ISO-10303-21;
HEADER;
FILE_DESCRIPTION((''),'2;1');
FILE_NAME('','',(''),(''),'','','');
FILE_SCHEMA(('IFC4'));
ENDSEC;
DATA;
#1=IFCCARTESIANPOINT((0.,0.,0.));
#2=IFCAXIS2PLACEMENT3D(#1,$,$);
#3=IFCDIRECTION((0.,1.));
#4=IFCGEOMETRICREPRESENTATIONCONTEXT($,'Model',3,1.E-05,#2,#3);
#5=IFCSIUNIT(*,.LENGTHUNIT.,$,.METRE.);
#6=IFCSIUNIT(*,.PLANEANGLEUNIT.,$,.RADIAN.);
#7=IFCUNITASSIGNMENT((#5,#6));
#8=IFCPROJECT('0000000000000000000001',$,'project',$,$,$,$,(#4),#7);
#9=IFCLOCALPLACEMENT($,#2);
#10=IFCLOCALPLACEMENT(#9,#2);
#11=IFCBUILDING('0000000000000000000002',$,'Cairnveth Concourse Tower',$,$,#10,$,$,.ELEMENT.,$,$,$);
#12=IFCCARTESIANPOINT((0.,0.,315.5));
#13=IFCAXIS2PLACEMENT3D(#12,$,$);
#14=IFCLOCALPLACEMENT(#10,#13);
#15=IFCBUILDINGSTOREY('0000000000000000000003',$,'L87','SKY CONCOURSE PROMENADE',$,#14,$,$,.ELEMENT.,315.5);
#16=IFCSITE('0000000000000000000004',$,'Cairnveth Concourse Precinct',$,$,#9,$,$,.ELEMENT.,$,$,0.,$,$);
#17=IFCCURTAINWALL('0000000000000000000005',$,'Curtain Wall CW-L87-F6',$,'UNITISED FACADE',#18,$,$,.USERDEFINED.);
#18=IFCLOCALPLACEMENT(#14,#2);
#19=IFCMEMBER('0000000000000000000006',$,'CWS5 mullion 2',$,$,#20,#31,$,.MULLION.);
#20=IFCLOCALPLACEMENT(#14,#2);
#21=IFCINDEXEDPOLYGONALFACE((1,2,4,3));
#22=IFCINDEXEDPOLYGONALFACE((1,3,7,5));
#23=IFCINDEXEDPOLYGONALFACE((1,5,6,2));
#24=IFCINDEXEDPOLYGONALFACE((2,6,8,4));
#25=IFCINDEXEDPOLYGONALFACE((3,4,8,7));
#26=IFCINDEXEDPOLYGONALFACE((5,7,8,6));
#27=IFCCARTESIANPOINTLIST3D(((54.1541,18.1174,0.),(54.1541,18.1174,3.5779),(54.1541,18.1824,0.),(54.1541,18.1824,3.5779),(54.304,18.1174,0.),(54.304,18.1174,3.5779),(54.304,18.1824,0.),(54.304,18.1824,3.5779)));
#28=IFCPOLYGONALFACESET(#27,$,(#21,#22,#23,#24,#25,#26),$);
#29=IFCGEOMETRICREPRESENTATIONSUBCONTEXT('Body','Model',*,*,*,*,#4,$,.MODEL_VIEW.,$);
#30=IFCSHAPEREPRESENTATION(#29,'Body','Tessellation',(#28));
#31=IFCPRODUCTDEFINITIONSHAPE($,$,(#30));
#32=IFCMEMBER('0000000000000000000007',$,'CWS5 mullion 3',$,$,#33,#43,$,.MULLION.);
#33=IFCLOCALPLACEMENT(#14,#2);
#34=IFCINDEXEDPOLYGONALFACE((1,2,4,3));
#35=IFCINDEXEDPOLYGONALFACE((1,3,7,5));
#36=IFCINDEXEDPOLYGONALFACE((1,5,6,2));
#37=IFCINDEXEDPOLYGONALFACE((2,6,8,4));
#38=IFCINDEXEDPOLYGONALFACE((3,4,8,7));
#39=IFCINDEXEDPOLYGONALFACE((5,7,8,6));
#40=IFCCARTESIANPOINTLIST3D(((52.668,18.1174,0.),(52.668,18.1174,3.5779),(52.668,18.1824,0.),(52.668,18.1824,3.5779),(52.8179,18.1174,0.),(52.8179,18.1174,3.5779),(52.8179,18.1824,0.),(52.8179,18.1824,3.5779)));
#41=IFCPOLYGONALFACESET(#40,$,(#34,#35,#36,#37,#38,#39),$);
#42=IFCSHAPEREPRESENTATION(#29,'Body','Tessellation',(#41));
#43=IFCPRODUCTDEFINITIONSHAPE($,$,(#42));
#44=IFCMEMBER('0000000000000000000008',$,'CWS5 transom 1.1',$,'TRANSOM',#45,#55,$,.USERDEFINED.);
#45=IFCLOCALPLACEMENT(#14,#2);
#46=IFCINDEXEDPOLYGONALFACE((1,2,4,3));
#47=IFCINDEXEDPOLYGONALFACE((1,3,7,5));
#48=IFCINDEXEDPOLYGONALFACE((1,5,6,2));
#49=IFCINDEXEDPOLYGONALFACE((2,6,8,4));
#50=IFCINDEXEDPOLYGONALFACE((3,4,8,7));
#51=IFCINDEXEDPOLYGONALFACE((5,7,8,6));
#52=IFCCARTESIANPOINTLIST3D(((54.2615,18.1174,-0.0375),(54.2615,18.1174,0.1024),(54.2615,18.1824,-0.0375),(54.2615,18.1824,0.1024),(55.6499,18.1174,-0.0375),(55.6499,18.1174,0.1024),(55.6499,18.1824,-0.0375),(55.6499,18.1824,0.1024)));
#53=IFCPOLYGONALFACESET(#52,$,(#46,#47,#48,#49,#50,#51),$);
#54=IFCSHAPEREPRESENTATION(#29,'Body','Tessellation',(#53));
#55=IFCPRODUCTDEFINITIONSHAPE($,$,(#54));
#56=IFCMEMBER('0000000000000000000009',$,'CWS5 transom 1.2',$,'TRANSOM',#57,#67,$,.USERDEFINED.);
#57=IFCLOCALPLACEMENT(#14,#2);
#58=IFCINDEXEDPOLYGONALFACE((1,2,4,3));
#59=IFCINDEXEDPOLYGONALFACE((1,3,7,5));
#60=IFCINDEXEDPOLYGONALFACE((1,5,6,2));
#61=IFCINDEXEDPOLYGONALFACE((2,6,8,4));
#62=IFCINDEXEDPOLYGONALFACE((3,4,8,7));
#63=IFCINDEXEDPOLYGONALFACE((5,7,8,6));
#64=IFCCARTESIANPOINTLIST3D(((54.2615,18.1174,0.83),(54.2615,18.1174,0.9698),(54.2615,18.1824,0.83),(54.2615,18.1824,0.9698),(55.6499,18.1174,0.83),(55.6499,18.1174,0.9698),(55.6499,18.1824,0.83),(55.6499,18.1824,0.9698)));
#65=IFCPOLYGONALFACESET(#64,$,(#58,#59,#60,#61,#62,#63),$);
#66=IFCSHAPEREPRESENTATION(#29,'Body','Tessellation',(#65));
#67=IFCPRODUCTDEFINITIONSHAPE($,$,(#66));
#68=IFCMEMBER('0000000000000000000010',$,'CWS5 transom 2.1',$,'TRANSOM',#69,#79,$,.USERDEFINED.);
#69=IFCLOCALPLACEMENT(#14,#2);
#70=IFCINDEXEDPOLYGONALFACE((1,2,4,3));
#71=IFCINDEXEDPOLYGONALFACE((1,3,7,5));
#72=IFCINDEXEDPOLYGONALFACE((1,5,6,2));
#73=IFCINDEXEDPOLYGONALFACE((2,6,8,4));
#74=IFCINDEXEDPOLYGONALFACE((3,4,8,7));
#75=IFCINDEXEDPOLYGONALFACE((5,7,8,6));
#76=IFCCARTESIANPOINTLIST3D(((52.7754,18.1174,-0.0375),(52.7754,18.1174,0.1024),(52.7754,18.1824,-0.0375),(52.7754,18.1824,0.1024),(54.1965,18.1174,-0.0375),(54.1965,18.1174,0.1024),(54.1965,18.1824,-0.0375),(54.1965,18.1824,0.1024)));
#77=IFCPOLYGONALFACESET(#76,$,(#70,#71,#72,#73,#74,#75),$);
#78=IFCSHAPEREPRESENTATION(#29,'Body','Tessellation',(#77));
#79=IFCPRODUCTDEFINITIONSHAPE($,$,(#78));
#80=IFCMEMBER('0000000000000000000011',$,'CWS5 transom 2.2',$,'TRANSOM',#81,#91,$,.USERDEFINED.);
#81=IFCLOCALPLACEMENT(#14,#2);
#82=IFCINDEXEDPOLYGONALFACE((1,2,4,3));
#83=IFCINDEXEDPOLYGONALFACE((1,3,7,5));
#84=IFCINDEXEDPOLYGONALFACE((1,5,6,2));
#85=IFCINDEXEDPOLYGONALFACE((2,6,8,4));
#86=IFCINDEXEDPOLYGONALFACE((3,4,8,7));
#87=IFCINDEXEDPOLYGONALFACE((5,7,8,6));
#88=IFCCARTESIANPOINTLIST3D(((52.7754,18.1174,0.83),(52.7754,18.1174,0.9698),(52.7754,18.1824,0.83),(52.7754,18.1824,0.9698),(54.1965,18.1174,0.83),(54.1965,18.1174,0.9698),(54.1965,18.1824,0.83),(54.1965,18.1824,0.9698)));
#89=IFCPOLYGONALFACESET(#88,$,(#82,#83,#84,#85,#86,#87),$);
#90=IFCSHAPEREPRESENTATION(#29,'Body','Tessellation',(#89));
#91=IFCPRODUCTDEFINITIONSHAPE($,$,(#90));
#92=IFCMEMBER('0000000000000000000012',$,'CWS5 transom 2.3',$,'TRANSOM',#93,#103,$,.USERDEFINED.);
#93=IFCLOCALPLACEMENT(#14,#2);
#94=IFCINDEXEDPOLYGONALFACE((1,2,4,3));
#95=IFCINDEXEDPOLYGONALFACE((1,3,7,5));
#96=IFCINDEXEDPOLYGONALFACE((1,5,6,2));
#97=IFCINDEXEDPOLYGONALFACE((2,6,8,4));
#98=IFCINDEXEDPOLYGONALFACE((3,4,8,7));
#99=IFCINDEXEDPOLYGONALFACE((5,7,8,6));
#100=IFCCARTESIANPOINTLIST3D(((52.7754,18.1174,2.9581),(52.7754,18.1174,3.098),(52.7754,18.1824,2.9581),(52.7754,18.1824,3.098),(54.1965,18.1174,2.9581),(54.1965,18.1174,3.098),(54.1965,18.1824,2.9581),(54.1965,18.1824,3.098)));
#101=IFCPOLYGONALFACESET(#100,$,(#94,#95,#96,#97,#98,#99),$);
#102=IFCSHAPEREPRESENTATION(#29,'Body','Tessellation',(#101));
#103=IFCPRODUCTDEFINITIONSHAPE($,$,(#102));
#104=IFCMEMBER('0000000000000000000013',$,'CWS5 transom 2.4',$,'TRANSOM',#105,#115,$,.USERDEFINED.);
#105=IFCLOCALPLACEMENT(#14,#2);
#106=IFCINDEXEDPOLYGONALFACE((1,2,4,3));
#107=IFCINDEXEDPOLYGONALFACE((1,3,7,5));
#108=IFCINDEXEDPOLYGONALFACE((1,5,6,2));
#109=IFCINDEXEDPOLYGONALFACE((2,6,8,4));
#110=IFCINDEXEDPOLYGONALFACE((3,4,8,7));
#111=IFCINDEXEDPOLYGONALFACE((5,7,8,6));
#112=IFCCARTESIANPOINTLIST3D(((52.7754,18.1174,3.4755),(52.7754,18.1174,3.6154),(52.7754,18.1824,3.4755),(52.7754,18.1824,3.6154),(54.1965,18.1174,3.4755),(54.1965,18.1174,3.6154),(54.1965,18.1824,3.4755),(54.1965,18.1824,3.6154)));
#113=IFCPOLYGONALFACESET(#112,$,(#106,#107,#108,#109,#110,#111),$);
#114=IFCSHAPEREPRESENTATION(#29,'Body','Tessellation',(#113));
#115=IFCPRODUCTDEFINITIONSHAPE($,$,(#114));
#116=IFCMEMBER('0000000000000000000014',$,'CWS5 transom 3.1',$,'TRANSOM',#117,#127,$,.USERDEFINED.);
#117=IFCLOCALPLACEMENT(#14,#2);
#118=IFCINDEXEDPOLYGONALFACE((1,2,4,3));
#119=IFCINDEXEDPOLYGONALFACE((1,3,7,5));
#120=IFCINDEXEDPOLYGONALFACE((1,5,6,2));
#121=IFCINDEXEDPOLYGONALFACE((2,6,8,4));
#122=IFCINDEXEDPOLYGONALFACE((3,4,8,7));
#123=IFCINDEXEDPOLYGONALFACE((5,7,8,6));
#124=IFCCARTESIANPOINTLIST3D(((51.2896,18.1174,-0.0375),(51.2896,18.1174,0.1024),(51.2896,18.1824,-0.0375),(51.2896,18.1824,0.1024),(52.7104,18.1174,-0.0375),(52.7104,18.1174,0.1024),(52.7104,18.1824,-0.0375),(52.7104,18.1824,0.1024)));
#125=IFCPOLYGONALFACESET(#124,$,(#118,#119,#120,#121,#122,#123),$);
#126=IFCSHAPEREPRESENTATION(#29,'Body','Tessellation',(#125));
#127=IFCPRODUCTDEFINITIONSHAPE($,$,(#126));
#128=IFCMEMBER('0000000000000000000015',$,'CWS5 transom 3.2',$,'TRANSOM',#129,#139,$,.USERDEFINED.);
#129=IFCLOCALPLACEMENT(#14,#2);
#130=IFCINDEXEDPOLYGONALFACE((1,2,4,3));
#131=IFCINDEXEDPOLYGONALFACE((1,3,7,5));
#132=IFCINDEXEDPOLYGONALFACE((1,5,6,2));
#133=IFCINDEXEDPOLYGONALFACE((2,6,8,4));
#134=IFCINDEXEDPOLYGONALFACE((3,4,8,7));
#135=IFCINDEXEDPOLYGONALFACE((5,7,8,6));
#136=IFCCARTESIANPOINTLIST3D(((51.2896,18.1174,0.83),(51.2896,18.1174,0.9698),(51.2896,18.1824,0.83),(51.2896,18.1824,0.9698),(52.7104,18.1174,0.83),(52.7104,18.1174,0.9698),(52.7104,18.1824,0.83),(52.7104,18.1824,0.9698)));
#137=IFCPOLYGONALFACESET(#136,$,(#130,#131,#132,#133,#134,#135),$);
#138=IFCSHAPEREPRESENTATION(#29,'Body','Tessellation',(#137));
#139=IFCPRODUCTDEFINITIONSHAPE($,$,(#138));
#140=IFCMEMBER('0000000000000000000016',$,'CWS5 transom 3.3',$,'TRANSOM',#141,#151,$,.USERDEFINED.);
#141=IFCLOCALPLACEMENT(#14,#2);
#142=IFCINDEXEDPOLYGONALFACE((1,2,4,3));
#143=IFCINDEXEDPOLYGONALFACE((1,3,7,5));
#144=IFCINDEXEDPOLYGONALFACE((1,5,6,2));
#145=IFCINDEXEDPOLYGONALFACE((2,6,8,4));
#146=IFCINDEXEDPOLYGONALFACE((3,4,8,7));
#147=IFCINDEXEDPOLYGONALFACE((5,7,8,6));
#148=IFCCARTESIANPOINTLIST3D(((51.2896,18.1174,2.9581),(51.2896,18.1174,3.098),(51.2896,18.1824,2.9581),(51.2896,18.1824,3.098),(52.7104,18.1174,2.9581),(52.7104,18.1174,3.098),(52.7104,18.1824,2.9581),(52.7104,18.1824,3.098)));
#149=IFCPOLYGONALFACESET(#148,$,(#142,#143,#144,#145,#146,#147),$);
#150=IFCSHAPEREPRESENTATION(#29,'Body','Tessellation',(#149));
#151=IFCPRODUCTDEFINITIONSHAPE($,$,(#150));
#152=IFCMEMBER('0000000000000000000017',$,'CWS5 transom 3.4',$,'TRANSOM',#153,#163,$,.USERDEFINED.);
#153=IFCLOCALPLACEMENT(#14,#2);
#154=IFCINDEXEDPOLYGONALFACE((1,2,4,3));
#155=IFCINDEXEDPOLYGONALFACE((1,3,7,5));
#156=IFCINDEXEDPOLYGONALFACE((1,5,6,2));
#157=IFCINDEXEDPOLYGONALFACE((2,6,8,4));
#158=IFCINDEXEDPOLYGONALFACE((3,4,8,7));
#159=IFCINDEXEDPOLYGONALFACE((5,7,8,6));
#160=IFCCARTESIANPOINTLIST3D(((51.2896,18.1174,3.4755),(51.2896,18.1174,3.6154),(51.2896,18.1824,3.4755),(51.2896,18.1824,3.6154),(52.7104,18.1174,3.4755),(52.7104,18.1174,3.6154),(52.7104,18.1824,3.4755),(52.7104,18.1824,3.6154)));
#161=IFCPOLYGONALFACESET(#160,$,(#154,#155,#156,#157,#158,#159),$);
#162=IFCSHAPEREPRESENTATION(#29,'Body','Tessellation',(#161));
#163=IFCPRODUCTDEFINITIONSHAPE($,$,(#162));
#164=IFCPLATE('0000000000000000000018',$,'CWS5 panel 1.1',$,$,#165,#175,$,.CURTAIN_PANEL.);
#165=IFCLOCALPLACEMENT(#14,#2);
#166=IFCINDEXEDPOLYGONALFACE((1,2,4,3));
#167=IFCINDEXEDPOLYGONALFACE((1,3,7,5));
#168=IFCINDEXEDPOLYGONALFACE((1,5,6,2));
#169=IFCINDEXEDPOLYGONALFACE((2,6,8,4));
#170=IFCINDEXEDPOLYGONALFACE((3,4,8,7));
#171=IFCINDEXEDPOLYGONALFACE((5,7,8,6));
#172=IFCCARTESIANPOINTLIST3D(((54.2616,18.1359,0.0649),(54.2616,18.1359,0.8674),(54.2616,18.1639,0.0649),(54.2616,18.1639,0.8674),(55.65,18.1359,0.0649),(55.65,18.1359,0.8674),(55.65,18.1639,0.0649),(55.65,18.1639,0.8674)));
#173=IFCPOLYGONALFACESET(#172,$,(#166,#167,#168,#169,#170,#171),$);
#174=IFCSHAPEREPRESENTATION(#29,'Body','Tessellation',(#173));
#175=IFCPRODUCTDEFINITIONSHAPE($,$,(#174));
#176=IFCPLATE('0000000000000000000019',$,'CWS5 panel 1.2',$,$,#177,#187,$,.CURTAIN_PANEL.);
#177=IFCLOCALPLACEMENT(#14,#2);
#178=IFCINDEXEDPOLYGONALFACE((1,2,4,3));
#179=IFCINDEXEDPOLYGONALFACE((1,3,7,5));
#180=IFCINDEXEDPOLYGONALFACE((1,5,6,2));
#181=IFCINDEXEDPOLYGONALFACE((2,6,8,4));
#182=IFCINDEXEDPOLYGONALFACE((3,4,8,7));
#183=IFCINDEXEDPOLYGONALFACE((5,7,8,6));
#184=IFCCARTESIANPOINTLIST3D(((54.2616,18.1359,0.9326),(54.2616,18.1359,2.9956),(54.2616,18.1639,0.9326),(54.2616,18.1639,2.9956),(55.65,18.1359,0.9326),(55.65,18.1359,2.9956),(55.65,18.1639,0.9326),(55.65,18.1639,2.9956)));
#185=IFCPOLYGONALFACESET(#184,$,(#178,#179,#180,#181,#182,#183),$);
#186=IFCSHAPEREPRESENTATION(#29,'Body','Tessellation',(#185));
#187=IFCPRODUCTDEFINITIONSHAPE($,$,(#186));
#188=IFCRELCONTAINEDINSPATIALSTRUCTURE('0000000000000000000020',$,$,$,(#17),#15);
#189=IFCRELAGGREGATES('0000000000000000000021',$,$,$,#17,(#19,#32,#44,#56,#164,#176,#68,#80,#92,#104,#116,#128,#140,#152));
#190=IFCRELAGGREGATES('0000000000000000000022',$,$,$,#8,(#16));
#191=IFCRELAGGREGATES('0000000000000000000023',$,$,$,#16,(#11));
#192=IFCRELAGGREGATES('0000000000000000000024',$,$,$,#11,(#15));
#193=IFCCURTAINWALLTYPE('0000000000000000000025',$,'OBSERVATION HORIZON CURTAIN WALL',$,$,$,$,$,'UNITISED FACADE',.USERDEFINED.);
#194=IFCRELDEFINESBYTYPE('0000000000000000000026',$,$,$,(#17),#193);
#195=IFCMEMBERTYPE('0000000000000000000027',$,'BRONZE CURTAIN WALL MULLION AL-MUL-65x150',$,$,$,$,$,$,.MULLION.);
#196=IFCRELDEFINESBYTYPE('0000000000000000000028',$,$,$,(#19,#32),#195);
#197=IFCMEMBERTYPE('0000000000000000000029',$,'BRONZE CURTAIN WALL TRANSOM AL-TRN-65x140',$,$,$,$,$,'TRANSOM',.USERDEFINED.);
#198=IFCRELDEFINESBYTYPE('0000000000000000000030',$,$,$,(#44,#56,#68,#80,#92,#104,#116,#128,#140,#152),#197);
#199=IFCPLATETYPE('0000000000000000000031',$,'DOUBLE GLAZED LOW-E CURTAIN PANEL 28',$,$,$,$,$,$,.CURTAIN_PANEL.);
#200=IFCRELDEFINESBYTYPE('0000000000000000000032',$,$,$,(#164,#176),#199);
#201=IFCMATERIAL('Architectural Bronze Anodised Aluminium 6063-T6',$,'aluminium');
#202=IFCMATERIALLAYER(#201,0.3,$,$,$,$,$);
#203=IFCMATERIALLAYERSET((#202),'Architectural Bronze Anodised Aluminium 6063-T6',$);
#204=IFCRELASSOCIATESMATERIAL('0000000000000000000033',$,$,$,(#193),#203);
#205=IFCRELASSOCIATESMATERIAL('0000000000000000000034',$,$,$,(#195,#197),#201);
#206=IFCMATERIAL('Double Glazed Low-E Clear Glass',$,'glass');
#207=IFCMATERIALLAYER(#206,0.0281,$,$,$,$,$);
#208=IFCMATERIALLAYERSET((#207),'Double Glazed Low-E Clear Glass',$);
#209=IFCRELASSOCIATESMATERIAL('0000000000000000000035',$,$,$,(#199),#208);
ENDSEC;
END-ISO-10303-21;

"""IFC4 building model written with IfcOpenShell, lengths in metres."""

from ifc_helpers import new_model, si_unit, direction, frame, origin, origin_2d, place, context, subcontext, project, spatial, rectangle, extrude, material, layer, layer_set, material_profile, profile_set, type_object, element, aggregate, save


model = new_model("IFC4")

# Units and contexts
model_context = context("Model", 3, precision=1e-05, world=origin(), true_north=direction((0.0, 1.0)))
body_context = subcontext(model_context, "Body", "Model", "MODEL_VIEW")
ifc_project = project(units=[si_unit("LENGTHUNIT", "METRE"), si_unit("PLANEANGLEUNIT", "RADIAN")], contexts=[model_context])

# Site, building, storey
site_placement = place(None, origin())
site = spatial("IfcSite", under=ifc_project, at=site_placement, Name="Cairnveth Concourse Precinct", CompositionType="ELEMENT", RefElevation=0.0)
building_placement = place(site_placement, origin())
building = spatial("IfcBuilding", under=site, at=building_placement, Name="Cairnveth Concourse Tower", CompositionType="ELEMENT")
storey_placement = place(building_placement, frame((0.0, 0.0, 315.5)))
storey = spatial("IfcBuildingStorey", under=building, at=storey_placement, Name="L87", Description="SKY CONCOURSE PROMENADE", CompositionType="ELEMENT", Elevation=315.5)

# Curtain wall, members, plates
ifc_material_1 = material(Name="Architectural Bronze Anodised Aluminium 6063-T6", Category="aluminium")
ifc_layer_1 = layer(ifc_material_1, 0.3)
ifc_layer_set_1 = layer_set([ifc_layer_1], Name="Architectural Bronze Anodised Aluminium 6063-T6")
curtain_wall_type = type_object("IfcCurtainWallType", Name="OBSERVATION HORIZON CURTAIN WALL", ElementType="UNITISED FACADE", PredefinedType="USERDEFINED", material=ifc_layer_set_1)
curtain_wall_placement = place(storey_placement, origin())
curtain_wall = element("IfcCurtainWall", 1, at=curtain_wall_placement, inside=storey, type_object=curtain_wall_type, Name="Curtain Wall CW-L87-F6", ObjectType="UNITISED FACADE", PredefinedType="USERDEFINED")
ifc_material_profile_1 = material_profile(ifc_material_1, rectangle(XDim=0.0649, YDim=0.1499, at=origin_2d()), Name="AL-MUL-65x150")
ifc_profile_set_1 = profile_set([ifc_material_profile_1], Name="Architectural Bronze Anodised Aluminium 6063-T6")
member_type_1 = type_object("IfcMemberType", Name="BRONZE CURTAIN WALL MULLION AL-MUL-65x150", PredefinedType="MULLION", material=ifc_profile_set_1)
member_1_placement = place(storey_placement, frame((54.229, 18.1499, 0.0), z_axis=(0.0, 0.0, 1.0), x_axis=(0.0, -1.0, 0.0)))
member_1 = element("IfcMember", 2, at=member_1_placement, type_object=member_type_1, Name="CWS5 mullion 2", PredefinedType="MULLION", context=body_context, shape_type="SweptSolid", body=[
    extrude(rectangle(XDim=0.0649, YDim=0.1499, at=origin_2d()), origin(), (0.0, 0.0, 1.0), 3.5779),
])
member_2_placement = place(storey_placement, frame((52.7429, 18.1499, 0.0), z_axis=(0.0, 0.0, 1.0), x_axis=(0.0, -1.0, 0.0)))
member_2 = element("IfcMember", 3, at=member_2_placement, type_object=member_type_1, Name="CWS5 mullion 3", PredefinedType="MULLION", context=body_context, shape_type="SweptSolid", body=[
    extrude(rectangle(XDim=0.0649, YDim=0.1499, at=origin_2d()), origin(), (0.0, 0.0, 1.0), 3.5779),
])
ifc_material_profile_2 = material_profile(ifc_material_1, rectangle(XDim=0.0649, YDim=0.1399, at=origin_2d()), Name="AL-TRN-65x140")
ifc_profile_set_2 = profile_set([ifc_material_profile_2], Name="Architectural Bronze Anodised Aluminium 6063-T6")
member_type_2 = type_object("IfcMemberType", Name="BRONZE CURTAIN WALL TRANSOM AL-TRN-65x140", ElementType="TRANSOM", PredefinedType="USERDEFINED", material=ifc_profile_set_2)
member_3_placement = place(storey_placement, frame((55.6499, 18.1499, 0.0325), z_axis=(-1.0, 0.0, 0.0), x_axis=(0.0, -1.0, 0.0)))
member_3 = element("IfcMember", 4, at=member_3_placement, type_object=member_type_2, Name="CWS5 transom 1.1", ObjectType="TRANSOM", PredefinedType="USERDEFINED", context=body_context, shape_type="SweptSolid", body=[
    extrude(rectangle(XDim=0.0649, YDim=0.1399, at=origin_2d()), origin(), (0.0, 0.0, 1.0), 1.3884),
])
member_4_placement = place(storey_placement, frame((55.6499, 18.1499, 0.8999), z_axis=(-1.0, 0.0, 0.0), x_axis=(0.0, -1.0, 0.0)))
member_4 = element("IfcMember", 5, at=member_4_placement, type_object=member_type_2, Name="CWS5 transom 1.2", ObjectType="TRANSOM", PredefinedType="USERDEFINED", context=body_context, shape_type="SweptSolid", body=[
    extrude(rectangle(XDim=0.0649, YDim=0.1399, at=origin_2d()), origin(), (0.0, 0.0, 1.0), 1.3884),
])
member_5_placement = place(storey_placement, frame((54.1965, 18.1499, 0.0325), z_axis=(-1.0, 0.0, 0.0), x_axis=(0.0, -1.0, 0.0)))
member_5 = element("IfcMember", 6, at=member_5_placement, type_object=member_type_2, Name="CWS5 transom 2.1", ObjectType="TRANSOM", PredefinedType="USERDEFINED", context=body_context, shape_type="SweptSolid", body=[
    extrude(rectangle(XDim=0.0649, YDim=0.1399, at=origin_2d()), origin(), (0.0, 0.0, 1.0), 1.4211),
])
member_6_placement = place(storey_placement, frame((54.1965, 18.1499, 0.8999), z_axis=(-1.0, 0.0, 0.0), x_axis=(0.0, -1.0, 0.0)))
member_6 = element("IfcMember", 7, at=member_6_placement, type_object=member_type_2, Name="CWS5 transom 2.2", ObjectType="TRANSOM", PredefinedType="USERDEFINED", context=body_context, shape_type="SweptSolid", body=[
    extrude(rectangle(XDim=0.0649, YDim=0.1399, at=origin_2d()), origin(), (0.0, 0.0, 1.0), 1.4211),
])
member_7_placement = place(storey_placement, frame((54.1965, 18.1499, 3.0281), z_axis=(-1.0, 0.0, 0.0), x_axis=(0.0, -1.0, 0.0)))
member_7 = element("IfcMember", 8, at=member_7_placement, type_object=member_type_2, Name="CWS5 transom 2.3", ObjectType="TRANSOM", PredefinedType="USERDEFINED", context=body_context, shape_type="SweptSolid", body=[
    extrude(rectangle(XDim=0.0649, YDim=0.1399, at=origin_2d()), origin(), (0.0, 0.0, 1.0), 1.4211),
])
member_8_placement = place(storey_placement, frame((54.1965, 18.1499, 3.5454), z_axis=(-1.0, 0.0, 0.0), x_axis=(0.0, -1.0, 0.0)))
member_8 = element("IfcMember", 9, at=member_8_placement, type_object=member_type_2, Name="CWS5 transom 2.4", ObjectType="TRANSOM", PredefinedType="USERDEFINED", context=body_context, shape_type="SweptSolid", body=[
    extrude(rectangle(XDim=0.0649, YDim=0.1399, at=origin_2d()), origin(), (0.0, 0.0, 1.0), 1.4211),
])
member_9_placement = place(storey_placement, frame((52.7104, 18.1499, 0.0325), z_axis=(-1.0, 0.0, 0.0), x_axis=(0.0, -1.0, 0.0)))
member_9 = element("IfcMember", 10, at=member_9_placement, type_object=member_type_2, Name="CWS5 transom 3.1", ObjectType="TRANSOM", PredefinedType="USERDEFINED", context=body_context, shape_type="SweptSolid", body=[
    extrude(rectangle(XDim=0.0649, YDim=0.1399, at=origin_2d()), origin(), (0.0, 0.0, 1.0), 1.4209),
])
member_10_placement = place(storey_placement, frame((52.7104, 18.1499, 0.8999), z_axis=(-1.0, 0.0, 0.0), x_axis=(0.0, -1.0, 0.0)))
member_10 = element("IfcMember", 11, at=member_10_placement, type_object=member_type_2, Name="CWS5 transom 3.2", ObjectType="TRANSOM", PredefinedType="USERDEFINED", context=body_context, shape_type="SweptSolid", body=[
    extrude(rectangle(XDim=0.0649, YDim=0.1399, at=origin_2d()), origin(), (0.0, 0.0, 1.0), 1.4209),
])
member_11_placement = place(storey_placement, frame((52.7104, 18.1499, 3.0281), z_axis=(-1.0, 0.0, 0.0), x_axis=(0.0, -1.0, 0.0)))
member_11 = element("IfcMember", 12, at=member_11_placement, type_object=member_type_2, Name="CWS5 transom 3.3", ObjectType="TRANSOM", PredefinedType="USERDEFINED", context=body_context, shape_type="SweptSolid", body=[
    extrude(rectangle(XDim=0.0649, YDim=0.1399, at=origin_2d()), origin(), (0.0, 0.0, 1.0), 1.4209),
])
member_12_placement = place(storey_placement, frame((52.7104, 18.1499, 3.5454), z_axis=(-1.0, 0.0, 0.0), x_axis=(0.0, -1.0, 0.0)))
member_12 = element("IfcMember", 13, at=member_12_placement, type_object=member_type_2, Name="CWS5 transom 3.4", ObjectType="TRANSOM", PredefinedType="USERDEFINED", context=body_context, shape_type="SweptSolid", body=[
    extrude(rectangle(XDim=0.0649, YDim=0.1399, at=origin_2d()), origin(), (0.0, 0.0, 1.0), 1.4209),
])
ifc_material_2 = material(Name="Double Glazed Low-E Clear Glass", Category="glass")
ifc_layer_2 = layer(ifc_material_2, 0.0281)
ifc_layer_set_2 = layer_set([ifc_layer_2], Name="Double Glazed Low-E Clear Glass")
plate_type = type_object("IfcPlateType", Name="DOUBLE GLAZED LOW-E CURTAIN PANEL 28", PredefinedType="CURTAIN_PANEL", material=ifc_layer_set_2)
plate_1_placement = place(storey_placement, frame((54.9558, 18.1499, 0.0649), z_axis=(0.0, 0.0, 1.0), x_axis=(-1.0, 0.0, 0.0)))
plate_1 = element("IfcPlate", 14, at=plate_1_placement, type_object=plate_type, Name="CWS5 panel 1.1", PredefinedType="CURTAIN_PANEL", context=body_context, shape_type="SweptSolid", body=[
    extrude(rectangle(XDim=1.3884, YDim=0.0281, at=origin_2d()), origin(), (0.0, 0.0, 1.0), 0.8025),
])
plate_2_placement = place(storey_placement, frame((54.9558, 18.1499, 0.9326), z_axis=(0.0, 0.0, 1.0), x_axis=(-1.0, 0.0, 0.0)))
plate_2 = element("IfcPlate", 15, at=plate_2_placement, type_object=plate_type, Name="CWS5 panel 1.2", PredefinedType="CURTAIN_PANEL", context=body_context, shape_type="SweptSolid", body=[
    extrude(rectangle(XDim=1.3884, YDim=0.0281, at=origin_2d()), origin(), (0.0, 0.0, 1.0), 2.063),
])
aggregate(curtain_wall, [member_1, member_2, member_3, member_4, plate_1, plate_2, member_5, member_6, member_7, member_8, member_9, member_10, member_11, member_12])

save(model, "model.ifc")
